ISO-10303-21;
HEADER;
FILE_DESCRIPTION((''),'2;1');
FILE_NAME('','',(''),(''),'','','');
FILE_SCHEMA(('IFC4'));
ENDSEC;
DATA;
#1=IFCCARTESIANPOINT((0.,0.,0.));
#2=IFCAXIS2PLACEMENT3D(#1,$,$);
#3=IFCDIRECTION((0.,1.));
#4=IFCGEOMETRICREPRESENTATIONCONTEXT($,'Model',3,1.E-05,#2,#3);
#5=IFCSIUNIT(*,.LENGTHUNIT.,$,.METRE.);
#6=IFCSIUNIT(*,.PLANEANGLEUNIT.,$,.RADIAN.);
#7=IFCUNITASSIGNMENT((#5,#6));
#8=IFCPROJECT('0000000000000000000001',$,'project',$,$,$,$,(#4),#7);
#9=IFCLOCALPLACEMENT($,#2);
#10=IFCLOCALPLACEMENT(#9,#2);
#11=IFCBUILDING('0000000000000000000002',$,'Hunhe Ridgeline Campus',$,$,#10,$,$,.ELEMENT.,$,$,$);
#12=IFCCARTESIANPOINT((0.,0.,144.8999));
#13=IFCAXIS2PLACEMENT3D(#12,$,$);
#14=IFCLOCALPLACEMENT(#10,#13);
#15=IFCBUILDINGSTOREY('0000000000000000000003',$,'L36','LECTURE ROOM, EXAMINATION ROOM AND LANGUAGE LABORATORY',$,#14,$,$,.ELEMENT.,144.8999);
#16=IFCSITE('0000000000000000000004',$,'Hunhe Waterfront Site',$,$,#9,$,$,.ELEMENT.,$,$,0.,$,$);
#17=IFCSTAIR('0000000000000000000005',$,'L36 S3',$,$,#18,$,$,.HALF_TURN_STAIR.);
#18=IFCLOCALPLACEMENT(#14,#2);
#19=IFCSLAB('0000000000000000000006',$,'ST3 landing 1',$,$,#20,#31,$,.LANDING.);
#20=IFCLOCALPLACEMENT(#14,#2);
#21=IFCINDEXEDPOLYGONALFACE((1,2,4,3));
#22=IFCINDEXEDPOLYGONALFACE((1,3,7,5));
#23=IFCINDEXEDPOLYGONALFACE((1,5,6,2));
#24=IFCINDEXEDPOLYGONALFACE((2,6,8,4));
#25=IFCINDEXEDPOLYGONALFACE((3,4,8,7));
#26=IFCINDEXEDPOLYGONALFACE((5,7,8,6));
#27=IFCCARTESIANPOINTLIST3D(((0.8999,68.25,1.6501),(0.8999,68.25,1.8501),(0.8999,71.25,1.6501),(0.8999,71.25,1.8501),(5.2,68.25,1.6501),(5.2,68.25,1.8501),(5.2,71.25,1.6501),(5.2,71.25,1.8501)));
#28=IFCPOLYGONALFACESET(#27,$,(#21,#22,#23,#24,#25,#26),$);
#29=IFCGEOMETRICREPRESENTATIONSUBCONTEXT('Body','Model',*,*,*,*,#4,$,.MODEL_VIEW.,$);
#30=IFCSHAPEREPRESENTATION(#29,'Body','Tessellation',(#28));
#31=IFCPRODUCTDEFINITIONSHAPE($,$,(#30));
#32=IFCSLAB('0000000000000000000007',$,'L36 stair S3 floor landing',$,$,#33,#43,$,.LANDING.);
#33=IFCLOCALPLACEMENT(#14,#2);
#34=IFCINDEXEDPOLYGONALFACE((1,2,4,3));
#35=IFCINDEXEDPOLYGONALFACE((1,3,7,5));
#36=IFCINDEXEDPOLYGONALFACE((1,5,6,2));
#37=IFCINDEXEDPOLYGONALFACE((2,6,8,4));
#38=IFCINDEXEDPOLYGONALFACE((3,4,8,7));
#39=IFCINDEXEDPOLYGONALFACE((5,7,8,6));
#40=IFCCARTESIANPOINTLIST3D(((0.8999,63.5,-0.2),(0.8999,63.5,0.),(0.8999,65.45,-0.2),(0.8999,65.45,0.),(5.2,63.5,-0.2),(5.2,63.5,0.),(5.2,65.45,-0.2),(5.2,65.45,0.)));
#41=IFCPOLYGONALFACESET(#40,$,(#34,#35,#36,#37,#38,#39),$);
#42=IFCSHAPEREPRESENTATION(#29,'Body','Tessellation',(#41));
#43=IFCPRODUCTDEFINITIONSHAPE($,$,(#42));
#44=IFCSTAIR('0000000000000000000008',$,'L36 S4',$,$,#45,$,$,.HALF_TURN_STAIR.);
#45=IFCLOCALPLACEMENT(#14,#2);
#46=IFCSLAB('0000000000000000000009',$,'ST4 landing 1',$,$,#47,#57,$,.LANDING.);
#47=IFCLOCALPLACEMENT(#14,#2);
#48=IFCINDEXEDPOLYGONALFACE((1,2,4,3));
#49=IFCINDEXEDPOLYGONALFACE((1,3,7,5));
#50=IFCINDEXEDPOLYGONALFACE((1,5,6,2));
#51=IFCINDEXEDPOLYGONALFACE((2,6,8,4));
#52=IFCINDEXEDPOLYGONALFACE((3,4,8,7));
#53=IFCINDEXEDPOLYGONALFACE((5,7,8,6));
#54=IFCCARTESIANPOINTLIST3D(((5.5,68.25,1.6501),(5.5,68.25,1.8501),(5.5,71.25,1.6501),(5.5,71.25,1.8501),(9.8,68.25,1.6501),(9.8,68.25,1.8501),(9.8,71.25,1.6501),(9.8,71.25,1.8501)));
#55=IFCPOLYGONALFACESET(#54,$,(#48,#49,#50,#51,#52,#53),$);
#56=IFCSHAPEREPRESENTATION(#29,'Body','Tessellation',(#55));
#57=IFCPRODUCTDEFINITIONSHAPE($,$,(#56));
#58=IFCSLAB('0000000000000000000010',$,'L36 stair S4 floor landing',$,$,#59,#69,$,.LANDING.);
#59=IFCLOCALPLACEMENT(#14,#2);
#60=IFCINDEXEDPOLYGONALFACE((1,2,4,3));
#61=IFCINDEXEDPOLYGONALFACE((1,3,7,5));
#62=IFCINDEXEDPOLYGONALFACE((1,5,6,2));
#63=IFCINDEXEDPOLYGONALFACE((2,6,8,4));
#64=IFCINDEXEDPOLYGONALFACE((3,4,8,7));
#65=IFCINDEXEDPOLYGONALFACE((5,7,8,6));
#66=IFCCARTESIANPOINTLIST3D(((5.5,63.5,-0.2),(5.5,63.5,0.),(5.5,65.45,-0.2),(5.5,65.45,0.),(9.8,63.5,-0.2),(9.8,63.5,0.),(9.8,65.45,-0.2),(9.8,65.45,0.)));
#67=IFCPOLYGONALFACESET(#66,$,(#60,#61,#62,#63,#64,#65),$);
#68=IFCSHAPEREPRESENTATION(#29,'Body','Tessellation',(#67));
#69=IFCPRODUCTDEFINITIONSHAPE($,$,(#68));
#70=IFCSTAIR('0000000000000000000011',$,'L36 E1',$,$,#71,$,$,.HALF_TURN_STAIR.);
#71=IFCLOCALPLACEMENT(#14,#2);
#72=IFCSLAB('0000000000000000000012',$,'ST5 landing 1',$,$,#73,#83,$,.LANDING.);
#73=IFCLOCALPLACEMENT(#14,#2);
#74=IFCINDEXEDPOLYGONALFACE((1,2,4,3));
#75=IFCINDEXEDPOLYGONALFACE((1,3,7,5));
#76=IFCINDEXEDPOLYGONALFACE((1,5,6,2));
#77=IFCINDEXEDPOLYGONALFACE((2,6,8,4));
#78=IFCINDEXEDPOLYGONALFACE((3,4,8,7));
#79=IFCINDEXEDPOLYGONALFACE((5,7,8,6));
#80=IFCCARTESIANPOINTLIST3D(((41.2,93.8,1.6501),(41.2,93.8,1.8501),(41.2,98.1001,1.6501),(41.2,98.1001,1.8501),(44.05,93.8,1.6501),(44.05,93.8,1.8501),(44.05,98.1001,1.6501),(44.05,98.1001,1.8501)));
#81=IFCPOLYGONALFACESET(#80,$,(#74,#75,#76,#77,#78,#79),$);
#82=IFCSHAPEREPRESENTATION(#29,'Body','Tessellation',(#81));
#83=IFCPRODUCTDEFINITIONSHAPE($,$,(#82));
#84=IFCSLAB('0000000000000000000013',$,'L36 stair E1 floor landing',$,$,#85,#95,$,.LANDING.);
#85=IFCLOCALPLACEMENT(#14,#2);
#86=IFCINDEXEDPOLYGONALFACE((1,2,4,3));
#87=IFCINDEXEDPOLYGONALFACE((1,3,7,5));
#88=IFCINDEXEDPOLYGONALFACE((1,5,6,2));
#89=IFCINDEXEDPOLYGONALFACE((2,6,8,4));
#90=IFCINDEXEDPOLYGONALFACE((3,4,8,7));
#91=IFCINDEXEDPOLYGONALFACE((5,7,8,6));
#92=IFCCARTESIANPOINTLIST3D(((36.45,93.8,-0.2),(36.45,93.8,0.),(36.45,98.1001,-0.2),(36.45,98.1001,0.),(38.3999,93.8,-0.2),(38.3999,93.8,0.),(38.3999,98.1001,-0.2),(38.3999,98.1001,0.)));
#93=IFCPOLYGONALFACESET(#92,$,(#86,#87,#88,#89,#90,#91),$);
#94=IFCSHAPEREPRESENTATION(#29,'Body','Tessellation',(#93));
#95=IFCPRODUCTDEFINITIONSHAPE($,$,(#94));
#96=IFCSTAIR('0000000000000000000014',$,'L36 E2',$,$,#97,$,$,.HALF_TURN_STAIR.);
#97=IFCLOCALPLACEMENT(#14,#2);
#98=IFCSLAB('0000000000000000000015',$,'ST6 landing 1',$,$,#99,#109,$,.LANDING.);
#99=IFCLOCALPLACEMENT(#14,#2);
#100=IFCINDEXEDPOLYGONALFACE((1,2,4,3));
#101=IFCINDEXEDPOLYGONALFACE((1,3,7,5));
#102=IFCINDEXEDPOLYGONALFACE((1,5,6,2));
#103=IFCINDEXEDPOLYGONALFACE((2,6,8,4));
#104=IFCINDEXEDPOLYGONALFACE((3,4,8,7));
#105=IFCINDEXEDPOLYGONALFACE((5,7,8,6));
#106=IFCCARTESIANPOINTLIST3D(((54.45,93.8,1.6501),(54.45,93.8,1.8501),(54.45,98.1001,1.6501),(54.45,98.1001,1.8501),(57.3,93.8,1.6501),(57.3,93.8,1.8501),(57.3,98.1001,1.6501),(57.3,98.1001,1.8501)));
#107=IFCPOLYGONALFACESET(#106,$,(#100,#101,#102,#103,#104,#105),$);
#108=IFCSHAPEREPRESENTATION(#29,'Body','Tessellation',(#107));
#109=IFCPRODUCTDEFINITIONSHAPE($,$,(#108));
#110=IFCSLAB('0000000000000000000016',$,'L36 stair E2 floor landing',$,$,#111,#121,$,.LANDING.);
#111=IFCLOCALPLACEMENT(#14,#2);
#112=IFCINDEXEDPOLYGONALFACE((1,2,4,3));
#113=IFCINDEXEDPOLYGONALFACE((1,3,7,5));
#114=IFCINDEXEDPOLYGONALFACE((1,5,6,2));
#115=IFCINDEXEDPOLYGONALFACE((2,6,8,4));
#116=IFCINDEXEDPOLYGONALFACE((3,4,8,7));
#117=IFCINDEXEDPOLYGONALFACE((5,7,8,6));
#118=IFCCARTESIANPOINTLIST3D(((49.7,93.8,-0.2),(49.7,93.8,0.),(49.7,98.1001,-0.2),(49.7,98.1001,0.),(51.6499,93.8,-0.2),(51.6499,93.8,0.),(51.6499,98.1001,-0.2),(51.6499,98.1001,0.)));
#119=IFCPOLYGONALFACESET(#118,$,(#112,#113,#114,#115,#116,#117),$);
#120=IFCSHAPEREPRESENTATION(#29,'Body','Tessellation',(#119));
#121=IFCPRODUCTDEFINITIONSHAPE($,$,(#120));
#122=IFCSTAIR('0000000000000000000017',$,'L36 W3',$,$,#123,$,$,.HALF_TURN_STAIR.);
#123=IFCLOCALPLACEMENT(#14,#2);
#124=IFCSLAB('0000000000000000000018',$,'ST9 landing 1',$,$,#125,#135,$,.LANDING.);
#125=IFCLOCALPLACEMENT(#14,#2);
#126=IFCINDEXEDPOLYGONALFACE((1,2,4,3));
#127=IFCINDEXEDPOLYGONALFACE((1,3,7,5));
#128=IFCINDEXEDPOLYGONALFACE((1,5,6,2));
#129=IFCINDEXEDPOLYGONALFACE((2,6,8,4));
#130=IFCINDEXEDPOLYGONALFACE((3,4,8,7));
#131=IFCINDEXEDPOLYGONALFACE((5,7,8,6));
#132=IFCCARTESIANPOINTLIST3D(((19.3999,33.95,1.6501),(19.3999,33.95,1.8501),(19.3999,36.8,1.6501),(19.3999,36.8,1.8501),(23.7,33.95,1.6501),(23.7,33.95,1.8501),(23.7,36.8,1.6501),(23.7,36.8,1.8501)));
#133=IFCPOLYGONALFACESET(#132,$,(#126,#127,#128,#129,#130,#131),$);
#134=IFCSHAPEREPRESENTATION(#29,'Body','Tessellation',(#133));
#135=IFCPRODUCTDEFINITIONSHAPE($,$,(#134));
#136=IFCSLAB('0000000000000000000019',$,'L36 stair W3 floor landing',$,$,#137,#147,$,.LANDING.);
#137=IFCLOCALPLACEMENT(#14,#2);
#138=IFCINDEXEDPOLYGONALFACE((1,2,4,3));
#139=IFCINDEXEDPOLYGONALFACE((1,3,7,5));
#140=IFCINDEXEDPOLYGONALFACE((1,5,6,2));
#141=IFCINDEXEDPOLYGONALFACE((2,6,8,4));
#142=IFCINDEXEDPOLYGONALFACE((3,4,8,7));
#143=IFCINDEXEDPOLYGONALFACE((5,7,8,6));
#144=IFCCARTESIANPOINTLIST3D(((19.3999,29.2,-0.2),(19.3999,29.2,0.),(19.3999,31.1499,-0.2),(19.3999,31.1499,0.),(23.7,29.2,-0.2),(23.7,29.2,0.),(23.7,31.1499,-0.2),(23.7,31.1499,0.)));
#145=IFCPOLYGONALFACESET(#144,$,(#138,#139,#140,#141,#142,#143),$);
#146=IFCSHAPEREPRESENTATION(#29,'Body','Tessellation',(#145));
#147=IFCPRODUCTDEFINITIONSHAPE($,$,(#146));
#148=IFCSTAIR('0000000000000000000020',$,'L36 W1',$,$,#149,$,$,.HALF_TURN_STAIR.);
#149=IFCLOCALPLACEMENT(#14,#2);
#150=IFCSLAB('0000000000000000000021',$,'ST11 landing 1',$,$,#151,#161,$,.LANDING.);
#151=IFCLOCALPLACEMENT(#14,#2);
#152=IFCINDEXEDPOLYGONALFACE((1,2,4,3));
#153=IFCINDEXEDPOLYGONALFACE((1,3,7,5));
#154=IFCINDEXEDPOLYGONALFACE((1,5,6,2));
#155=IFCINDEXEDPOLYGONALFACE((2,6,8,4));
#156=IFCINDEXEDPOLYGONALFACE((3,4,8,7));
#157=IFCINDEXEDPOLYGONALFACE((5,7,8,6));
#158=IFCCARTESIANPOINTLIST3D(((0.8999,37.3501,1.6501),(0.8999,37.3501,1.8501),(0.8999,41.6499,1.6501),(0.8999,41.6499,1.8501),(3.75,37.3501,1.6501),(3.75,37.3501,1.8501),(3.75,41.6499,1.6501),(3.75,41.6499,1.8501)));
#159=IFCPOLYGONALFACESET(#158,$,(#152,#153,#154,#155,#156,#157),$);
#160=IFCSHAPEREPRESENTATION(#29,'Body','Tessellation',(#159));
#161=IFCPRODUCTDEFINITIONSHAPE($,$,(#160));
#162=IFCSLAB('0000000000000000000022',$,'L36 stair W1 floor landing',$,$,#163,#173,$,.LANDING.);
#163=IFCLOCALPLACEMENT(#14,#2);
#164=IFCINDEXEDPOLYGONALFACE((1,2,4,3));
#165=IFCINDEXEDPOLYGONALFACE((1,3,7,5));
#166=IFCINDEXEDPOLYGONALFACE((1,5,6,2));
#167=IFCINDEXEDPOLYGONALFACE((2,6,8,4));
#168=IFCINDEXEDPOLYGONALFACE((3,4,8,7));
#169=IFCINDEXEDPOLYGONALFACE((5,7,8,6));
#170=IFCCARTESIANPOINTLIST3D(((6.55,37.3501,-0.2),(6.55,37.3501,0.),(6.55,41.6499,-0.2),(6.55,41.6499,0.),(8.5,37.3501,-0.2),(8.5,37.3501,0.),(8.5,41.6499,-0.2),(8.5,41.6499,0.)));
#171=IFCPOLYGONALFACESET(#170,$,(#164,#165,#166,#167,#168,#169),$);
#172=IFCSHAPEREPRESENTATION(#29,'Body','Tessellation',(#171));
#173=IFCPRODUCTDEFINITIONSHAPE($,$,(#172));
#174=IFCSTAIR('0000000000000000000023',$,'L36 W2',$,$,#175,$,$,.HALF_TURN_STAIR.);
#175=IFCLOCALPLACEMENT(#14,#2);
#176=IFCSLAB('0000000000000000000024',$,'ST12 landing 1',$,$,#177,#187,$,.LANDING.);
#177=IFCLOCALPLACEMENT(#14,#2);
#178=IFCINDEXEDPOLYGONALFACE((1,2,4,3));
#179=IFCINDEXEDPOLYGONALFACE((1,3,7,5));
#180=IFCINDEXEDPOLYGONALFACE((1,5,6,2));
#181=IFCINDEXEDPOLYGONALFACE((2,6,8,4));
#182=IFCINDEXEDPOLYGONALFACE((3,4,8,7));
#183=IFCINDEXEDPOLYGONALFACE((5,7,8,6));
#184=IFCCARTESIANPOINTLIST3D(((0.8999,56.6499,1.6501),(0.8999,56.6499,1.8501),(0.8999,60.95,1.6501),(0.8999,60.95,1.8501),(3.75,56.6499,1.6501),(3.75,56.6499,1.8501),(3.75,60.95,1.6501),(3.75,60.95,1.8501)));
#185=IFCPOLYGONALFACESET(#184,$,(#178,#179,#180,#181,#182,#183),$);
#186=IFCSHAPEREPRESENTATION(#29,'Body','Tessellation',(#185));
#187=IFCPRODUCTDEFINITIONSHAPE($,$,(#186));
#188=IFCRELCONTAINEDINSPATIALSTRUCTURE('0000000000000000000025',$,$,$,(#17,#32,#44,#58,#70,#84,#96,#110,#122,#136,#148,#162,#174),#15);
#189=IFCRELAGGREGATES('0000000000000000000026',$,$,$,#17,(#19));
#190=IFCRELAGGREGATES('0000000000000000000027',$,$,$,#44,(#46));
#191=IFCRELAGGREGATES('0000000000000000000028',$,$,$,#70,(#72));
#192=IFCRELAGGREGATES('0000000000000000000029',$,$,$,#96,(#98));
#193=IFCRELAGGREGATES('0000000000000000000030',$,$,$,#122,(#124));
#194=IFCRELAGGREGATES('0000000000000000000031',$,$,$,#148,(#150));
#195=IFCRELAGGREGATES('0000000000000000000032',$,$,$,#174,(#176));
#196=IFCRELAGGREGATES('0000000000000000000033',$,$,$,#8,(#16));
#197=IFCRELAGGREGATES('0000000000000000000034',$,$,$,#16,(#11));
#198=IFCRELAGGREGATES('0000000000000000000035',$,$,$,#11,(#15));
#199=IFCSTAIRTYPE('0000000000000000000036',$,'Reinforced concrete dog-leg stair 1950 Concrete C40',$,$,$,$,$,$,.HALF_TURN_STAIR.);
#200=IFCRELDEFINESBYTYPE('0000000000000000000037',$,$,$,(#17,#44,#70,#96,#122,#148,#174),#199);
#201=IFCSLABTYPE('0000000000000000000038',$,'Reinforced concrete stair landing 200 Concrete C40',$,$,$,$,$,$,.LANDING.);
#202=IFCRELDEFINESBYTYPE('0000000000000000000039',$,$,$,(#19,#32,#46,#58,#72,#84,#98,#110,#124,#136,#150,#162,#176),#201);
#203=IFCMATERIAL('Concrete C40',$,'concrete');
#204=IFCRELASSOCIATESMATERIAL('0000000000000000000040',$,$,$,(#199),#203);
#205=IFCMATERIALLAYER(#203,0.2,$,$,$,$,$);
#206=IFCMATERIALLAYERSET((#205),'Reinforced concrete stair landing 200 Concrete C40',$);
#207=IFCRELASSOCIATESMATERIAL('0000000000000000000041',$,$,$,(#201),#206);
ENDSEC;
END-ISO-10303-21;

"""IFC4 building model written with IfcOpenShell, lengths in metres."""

from ifc_helpers import new_model, si_unit, direction, frame, origin, place, context, subcontext, project, spatial, polyline, outline, extrude, material, layer, layer_set, type_object, element, aggregate, save


model = new_model("IFC4")

# Units and contexts
model_context = context("Model", 3, precision=1e-05, world=origin(), true_north=direction((0.0, 1.0)))
body_context = subcontext(model_context, "Body", "Model", "MODEL_VIEW")
ifc_project = project(units=[si_unit("LENGTHUNIT", "METRE"), si_unit("PLANEANGLEUNIT", "RADIAN")], contexts=[model_context])

# Site, building, storey
site_placement = place(None, origin())
site = spatial("IfcSite", under=ifc_project, at=site_placement, Name="Hunhe Waterfront Site", CompositionType="ELEMENT", RefElevation=0.0)
building_placement = place(site_placement, origin())
building = spatial("IfcBuilding", under=site, at=building_placement, Name="Hunhe Ridgeline Campus", CompositionType="ELEMENT")
storey_placement = place(building_placement, frame((0.0, 0.0, 144.8999)))
storey = spatial("IfcBuildingStorey", under=building, at=storey_placement, Name="L36", Description="LECTURE ROOM, EXAMINATION ROOM AND LANGUAGE LABORATORY", CompositionType="ELEMENT", Elevation=144.8999)

# Shared definitions
ifc_material_1 = material(Name="Concrete C40", Category="concrete")

# Shared definitions
stair_type = type_object("IfcStairType", Name="Reinforced concrete dog-leg stair 1950 Concrete C40", PredefinedType="HALF_TURN_STAIR", material=ifc_material_1)
ifc_layer_1 = layer(ifc_material_1, 0.2)
ifc_layer_set_1 = layer_set([ifc_layer_1], Name="Reinforced concrete stair landing 200 Concrete C40")
slab_type_1 = type_object("IfcSlabType", Name="Reinforced concrete stair landing 200 Concrete C40", PredefinedType="LANDING", material=ifc_layer_set_1)

# Stair, slab
stair_1_placement = place(storey_placement, origin())
stair_1 = element("IfcStair", 1, at=stair_1_placement, inside=storey, type_object=stair_type, Name="L36 S3", PredefinedType="HALF_TURN_STAIR")
slab_1_placement = place(storey_placement, frame((0.0, 0.0, 1.6501)))
slab_1 = element("IfcSlab", 2, at=slab_1_placement, type_object=slab_type_1, Name="ST3 landing 1", PredefinedType="LANDING", context=body_context, shape_type="SweptSolid", body=[
    extrude(outline(polyline([(5.2, 68.25), (5.2, 71.25), (0.8999, 71.25), (0.8999, 68.25), (5.2, 68.25)])), origin(), (0.0, 0.0, 1.0), 0.2),
])
aggregate(stair_1, [slab_1])

# Slab
slab_2_placement = place(storey_placement, frame((0.0, 0.0, -0.2)))
element("IfcSlab", 3, at=slab_2_placement, inside=storey, type_object=slab_type_1, Name="L36 stair S3 floor landing", PredefinedType="LANDING", context=body_context, shape_type="SweptSolid", body=[
    extrude(outline(polyline([(5.2, 63.5), (5.2, 65.45), (0.8999, 65.45), (0.8999, 63.5), (5.2, 63.5)])), origin(), (0.0, 0.0, 1.0), 0.2),
])

# Stair, slab
stair_2_placement = place(storey_placement, origin())
stair_2 = element("IfcStair", 4, at=stair_2_placement, inside=storey, type_object=stair_type, Name="L36 S4", PredefinedType="HALF_TURN_STAIR")
slab_3_placement = place(storey_placement, frame((0.0, 0.0, 1.6501)))
slab_3 = element("IfcSlab", 5, at=slab_3_placement, type_object=slab_type_1, Name="ST4 landing 1", PredefinedType="LANDING", context=body_context, shape_type="SweptSolid", body=[
    extrude(outline(polyline([(9.8, 68.25), (9.8, 71.25), (5.5, 71.25), (5.5, 68.25), (9.8, 68.25)])), origin(), (0.0, 0.0, 1.0), 0.2),
])
aggregate(stair_2, [slab_3])

# Slab
slab_4_placement = place(storey_placement, frame((0.0, 0.0, -0.2)))
element("IfcSlab", 6, at=slab_4_placement, inside=storey, type_object=slab_type_1, Name="L36 stair S4 floor landing", PredefinedType="LANDING", context=body_context, shape_type="SweptSolid", body=[
    extrude(outline(polyline([(9.8, 63.5), (9.8, 65.45), (5.5, 65.45), (5.5, 63.5), (9.8, 63.5)])), origin(), (0.0, 0.0, 1.0), 0.2),
])

# Stair, slab
stair_3_placement = place(storey_placement, origin())
stair_3 = element("IfcStair", 7, at=stair_3_placement, inside=storey, type_object=stair_type, Name="L36 E1", PredefinedType="HALF_TURN_STAIR")
slab_5_placement = place(storey_placement, frame((0.0, 0.0, 1.6501)))
slab_5 = element("IfcSlab", 8, at=slab_5_placement, type_object=slab_type_1, Name="ST5 landing 1", PredefinedType="LANDING", context=body_context, shape_type="SweptSolid", body=[
    extrude(outline(polyline([(41.2, 93.8), (44.05, 93.8), (44.05, 98.1001), (41.2, 98.1001), (41.2, 93.8)])), origin(), (0.0, 0.0, 1.0), 0.2),
])
aggregate(stair_3, [slab_5])

# Slab
slab_6_placement = place(storey_placement, frame((0.0, 0.0, -0.2)))
element("IfcSlab", 9, at=slab_6_placement, inside=storey, type_object=slab_type_1, Name="L36 stair E1 floor landing", PredefinedType="LANDING", context=body_context, shape_type="SweptSolid", body=[
    extrude(outline(polyline([(36.45, 93.8), (38.3999, 93.8), (38.3999, 98.1001), (36.45, 98.1001), (36.45, 93.8)])), origin(), (0.0, 0.0, 1.0), 0.2),
])

# Stair, slab
stair_4_placement = place(storey_placement, origin())
stair_4 = element("IfcStair", 10, at=stair_4_placement, inside=storey, type_object=stair_type, Name="L36 E2", PredefinedType="HALF_TURN_STAIR")
slab_7_placement = place(storey_placement, frame((0.0, 0.0, 1.6501)))
slab_7 = element("IfcSlab", 11, at=slab_7_placement, type_object=slab_type_1, Name="ST6 landing 1", PredefinedType="LANDING", context=body_context, shape_type="SweptSolid", body=[
    extrude(outline(polyline([(54.45, 93.8), (57.3, 93.8), (57.3, 98.1001), (54.45, 98.1001), (54.45, 93.8)])), origin(), (0.0, 0.0, 1.0), 0.2),
])
aggregate(stair_4, [slab_7])

# Slab
slab_8_placement = place(storey_placement, frame((0.0, 0.0, -0.2)))
element("IfcSlab", 12, at=slab_8_placement, inside=storey, type_object=slab_type_1, Name="L36 stair E2 floor landing", PredefinedType="LANDING", context=body_context, shape_type="SweptSolid", body=[
    extrude(outline(polyline([(49.7, 93.8), (51.6499, 93.8), (51.6499, 98.1001), (49.7, 98.1001), (49.7, 93.8)])), origin(), (0.0, 0.0, 1.0), 0.2),
])

# Stair, slab
stair_5_placement = place(storey_placement, origin())
stair_5 = element("IfcStair", 13, at=stair_5_placement, inside=storey, type_object=stair_type, Name="L36 W3", PredefinedType="HALF_TURN_STAIR")
slab_9_placement = place(storey_placement, frame((0.0, 0.0, 1.6501)))
slab_9 = element("IfcSlab", 14, at=slab_9_placement, type_object=slab_type_1, Name="ST9 landing 1", PredefinedType="LANDING", context=body_context, shape_type="SweptSolid", body=[
    extrude(outline(polyline([(23.7, 33.95), (23.7, 36.8), (19.3999, 36.8), (19.3999, 33.95), (23.7, 33.95)])), origin(), (0.0, 0.0, 1.0), 0.2),
])
aggregate(stair_5, [slab_9])

# Slab
slab_10_placement = place(storey_placement, frame((0.0, 0.0, -0.2)))
element("IfcSlab", 15, at=slab_10_placement, inside=storey, type_object=slab_type_1, Name="L36 stair W3 floor landing", PredefinedType="LANDING", context=body_context, shape_type="SweptSolid", body=[
    extrude(outline(polyline([(23.7, 29.2), (23.7, 31.1499), (19.3999, 31.1499), (19.3999, 29.2), (23.7, 29.2)])), origin(), (0.0, 0.0, 1.0), 0.2),
])

# Stair, slab
stair_6_placement = place(storey_placement, origin())
stair_6 = element("IfcStair", 16, at=stair_6_placement, inside=storey, type_object=stair_type, Name="L36 W1", PredefinedType="HALF_TURN_STAIR")
slab_11_placement = place(storey_placement, frame((0.0, 0.0, 1.6501)))
slab_11 = element("IfcSlab", 17, at=slab_11_placement, type_object=slab_type_1, Name="ST11 landing 1", PredefinedType="LANDING", context=body_context, shape_type="SweptSolid", body=[
    extrude(outline(polyline([(3.75, 41.6499), (0.8999, 41.6499), (0.8999, 37.3501), (3.75, 37.3501), (3.75, 41.6499)])), origin(), (0.0, 0.0, 1.0), 0.2),
])
aggregate(stair_6, [slab_11])

# Slab
slab_12_placement = place(storey_placement, frame((0.0, 0.0, -0.2)))
element("IfcSlab", 18, at=slab_12_placement, inside=storey, type_object=slab_type_1, Name="L36 stair W1 floor landing", PredefinedType="LANDING", context=body_context, shape_type="SweptSolid", body=[
    extrude(outline(polyline([(8.5, 41.6499), (6.55, 41.6499), (6.55, 37.3501), (8.5, 37.3501), (8.5, 41.6499)])), origin(), (0.0, 0.0, 1.0), 0.2),
])

# Stair, slab
stair_7_placement = place(storey_placement, origin())
stair_7 = element("IfcStair", 19, at=stair_7_placement, inside=storey, type_object=stair_type, Name="L36 W2", PredefinedType="HALF_TURN_STAIR")
slab_13_placement = place(storey_placement, frame((0.0, 0.0, 1.6501)))
slab_13 = element("IfcSlab", 20, at=slab_13_placement, type_object=slab_type_1, Name="ST12 landing 1", PredefinedType="LANDING", context=body_context, shape_type="SweptSolid", body=[
    extrude(outline(polyline([(3.75, 60.95), (0.8999, 60.95), (0.8999, 56.6499), (3.75, 56.6499), (3.75, 60.95)])), origin(), (0.0, 0.0, 1.0), 0.2),
])
aggregate(stair_7, [slab_13])

save(model, "model.ifc")
